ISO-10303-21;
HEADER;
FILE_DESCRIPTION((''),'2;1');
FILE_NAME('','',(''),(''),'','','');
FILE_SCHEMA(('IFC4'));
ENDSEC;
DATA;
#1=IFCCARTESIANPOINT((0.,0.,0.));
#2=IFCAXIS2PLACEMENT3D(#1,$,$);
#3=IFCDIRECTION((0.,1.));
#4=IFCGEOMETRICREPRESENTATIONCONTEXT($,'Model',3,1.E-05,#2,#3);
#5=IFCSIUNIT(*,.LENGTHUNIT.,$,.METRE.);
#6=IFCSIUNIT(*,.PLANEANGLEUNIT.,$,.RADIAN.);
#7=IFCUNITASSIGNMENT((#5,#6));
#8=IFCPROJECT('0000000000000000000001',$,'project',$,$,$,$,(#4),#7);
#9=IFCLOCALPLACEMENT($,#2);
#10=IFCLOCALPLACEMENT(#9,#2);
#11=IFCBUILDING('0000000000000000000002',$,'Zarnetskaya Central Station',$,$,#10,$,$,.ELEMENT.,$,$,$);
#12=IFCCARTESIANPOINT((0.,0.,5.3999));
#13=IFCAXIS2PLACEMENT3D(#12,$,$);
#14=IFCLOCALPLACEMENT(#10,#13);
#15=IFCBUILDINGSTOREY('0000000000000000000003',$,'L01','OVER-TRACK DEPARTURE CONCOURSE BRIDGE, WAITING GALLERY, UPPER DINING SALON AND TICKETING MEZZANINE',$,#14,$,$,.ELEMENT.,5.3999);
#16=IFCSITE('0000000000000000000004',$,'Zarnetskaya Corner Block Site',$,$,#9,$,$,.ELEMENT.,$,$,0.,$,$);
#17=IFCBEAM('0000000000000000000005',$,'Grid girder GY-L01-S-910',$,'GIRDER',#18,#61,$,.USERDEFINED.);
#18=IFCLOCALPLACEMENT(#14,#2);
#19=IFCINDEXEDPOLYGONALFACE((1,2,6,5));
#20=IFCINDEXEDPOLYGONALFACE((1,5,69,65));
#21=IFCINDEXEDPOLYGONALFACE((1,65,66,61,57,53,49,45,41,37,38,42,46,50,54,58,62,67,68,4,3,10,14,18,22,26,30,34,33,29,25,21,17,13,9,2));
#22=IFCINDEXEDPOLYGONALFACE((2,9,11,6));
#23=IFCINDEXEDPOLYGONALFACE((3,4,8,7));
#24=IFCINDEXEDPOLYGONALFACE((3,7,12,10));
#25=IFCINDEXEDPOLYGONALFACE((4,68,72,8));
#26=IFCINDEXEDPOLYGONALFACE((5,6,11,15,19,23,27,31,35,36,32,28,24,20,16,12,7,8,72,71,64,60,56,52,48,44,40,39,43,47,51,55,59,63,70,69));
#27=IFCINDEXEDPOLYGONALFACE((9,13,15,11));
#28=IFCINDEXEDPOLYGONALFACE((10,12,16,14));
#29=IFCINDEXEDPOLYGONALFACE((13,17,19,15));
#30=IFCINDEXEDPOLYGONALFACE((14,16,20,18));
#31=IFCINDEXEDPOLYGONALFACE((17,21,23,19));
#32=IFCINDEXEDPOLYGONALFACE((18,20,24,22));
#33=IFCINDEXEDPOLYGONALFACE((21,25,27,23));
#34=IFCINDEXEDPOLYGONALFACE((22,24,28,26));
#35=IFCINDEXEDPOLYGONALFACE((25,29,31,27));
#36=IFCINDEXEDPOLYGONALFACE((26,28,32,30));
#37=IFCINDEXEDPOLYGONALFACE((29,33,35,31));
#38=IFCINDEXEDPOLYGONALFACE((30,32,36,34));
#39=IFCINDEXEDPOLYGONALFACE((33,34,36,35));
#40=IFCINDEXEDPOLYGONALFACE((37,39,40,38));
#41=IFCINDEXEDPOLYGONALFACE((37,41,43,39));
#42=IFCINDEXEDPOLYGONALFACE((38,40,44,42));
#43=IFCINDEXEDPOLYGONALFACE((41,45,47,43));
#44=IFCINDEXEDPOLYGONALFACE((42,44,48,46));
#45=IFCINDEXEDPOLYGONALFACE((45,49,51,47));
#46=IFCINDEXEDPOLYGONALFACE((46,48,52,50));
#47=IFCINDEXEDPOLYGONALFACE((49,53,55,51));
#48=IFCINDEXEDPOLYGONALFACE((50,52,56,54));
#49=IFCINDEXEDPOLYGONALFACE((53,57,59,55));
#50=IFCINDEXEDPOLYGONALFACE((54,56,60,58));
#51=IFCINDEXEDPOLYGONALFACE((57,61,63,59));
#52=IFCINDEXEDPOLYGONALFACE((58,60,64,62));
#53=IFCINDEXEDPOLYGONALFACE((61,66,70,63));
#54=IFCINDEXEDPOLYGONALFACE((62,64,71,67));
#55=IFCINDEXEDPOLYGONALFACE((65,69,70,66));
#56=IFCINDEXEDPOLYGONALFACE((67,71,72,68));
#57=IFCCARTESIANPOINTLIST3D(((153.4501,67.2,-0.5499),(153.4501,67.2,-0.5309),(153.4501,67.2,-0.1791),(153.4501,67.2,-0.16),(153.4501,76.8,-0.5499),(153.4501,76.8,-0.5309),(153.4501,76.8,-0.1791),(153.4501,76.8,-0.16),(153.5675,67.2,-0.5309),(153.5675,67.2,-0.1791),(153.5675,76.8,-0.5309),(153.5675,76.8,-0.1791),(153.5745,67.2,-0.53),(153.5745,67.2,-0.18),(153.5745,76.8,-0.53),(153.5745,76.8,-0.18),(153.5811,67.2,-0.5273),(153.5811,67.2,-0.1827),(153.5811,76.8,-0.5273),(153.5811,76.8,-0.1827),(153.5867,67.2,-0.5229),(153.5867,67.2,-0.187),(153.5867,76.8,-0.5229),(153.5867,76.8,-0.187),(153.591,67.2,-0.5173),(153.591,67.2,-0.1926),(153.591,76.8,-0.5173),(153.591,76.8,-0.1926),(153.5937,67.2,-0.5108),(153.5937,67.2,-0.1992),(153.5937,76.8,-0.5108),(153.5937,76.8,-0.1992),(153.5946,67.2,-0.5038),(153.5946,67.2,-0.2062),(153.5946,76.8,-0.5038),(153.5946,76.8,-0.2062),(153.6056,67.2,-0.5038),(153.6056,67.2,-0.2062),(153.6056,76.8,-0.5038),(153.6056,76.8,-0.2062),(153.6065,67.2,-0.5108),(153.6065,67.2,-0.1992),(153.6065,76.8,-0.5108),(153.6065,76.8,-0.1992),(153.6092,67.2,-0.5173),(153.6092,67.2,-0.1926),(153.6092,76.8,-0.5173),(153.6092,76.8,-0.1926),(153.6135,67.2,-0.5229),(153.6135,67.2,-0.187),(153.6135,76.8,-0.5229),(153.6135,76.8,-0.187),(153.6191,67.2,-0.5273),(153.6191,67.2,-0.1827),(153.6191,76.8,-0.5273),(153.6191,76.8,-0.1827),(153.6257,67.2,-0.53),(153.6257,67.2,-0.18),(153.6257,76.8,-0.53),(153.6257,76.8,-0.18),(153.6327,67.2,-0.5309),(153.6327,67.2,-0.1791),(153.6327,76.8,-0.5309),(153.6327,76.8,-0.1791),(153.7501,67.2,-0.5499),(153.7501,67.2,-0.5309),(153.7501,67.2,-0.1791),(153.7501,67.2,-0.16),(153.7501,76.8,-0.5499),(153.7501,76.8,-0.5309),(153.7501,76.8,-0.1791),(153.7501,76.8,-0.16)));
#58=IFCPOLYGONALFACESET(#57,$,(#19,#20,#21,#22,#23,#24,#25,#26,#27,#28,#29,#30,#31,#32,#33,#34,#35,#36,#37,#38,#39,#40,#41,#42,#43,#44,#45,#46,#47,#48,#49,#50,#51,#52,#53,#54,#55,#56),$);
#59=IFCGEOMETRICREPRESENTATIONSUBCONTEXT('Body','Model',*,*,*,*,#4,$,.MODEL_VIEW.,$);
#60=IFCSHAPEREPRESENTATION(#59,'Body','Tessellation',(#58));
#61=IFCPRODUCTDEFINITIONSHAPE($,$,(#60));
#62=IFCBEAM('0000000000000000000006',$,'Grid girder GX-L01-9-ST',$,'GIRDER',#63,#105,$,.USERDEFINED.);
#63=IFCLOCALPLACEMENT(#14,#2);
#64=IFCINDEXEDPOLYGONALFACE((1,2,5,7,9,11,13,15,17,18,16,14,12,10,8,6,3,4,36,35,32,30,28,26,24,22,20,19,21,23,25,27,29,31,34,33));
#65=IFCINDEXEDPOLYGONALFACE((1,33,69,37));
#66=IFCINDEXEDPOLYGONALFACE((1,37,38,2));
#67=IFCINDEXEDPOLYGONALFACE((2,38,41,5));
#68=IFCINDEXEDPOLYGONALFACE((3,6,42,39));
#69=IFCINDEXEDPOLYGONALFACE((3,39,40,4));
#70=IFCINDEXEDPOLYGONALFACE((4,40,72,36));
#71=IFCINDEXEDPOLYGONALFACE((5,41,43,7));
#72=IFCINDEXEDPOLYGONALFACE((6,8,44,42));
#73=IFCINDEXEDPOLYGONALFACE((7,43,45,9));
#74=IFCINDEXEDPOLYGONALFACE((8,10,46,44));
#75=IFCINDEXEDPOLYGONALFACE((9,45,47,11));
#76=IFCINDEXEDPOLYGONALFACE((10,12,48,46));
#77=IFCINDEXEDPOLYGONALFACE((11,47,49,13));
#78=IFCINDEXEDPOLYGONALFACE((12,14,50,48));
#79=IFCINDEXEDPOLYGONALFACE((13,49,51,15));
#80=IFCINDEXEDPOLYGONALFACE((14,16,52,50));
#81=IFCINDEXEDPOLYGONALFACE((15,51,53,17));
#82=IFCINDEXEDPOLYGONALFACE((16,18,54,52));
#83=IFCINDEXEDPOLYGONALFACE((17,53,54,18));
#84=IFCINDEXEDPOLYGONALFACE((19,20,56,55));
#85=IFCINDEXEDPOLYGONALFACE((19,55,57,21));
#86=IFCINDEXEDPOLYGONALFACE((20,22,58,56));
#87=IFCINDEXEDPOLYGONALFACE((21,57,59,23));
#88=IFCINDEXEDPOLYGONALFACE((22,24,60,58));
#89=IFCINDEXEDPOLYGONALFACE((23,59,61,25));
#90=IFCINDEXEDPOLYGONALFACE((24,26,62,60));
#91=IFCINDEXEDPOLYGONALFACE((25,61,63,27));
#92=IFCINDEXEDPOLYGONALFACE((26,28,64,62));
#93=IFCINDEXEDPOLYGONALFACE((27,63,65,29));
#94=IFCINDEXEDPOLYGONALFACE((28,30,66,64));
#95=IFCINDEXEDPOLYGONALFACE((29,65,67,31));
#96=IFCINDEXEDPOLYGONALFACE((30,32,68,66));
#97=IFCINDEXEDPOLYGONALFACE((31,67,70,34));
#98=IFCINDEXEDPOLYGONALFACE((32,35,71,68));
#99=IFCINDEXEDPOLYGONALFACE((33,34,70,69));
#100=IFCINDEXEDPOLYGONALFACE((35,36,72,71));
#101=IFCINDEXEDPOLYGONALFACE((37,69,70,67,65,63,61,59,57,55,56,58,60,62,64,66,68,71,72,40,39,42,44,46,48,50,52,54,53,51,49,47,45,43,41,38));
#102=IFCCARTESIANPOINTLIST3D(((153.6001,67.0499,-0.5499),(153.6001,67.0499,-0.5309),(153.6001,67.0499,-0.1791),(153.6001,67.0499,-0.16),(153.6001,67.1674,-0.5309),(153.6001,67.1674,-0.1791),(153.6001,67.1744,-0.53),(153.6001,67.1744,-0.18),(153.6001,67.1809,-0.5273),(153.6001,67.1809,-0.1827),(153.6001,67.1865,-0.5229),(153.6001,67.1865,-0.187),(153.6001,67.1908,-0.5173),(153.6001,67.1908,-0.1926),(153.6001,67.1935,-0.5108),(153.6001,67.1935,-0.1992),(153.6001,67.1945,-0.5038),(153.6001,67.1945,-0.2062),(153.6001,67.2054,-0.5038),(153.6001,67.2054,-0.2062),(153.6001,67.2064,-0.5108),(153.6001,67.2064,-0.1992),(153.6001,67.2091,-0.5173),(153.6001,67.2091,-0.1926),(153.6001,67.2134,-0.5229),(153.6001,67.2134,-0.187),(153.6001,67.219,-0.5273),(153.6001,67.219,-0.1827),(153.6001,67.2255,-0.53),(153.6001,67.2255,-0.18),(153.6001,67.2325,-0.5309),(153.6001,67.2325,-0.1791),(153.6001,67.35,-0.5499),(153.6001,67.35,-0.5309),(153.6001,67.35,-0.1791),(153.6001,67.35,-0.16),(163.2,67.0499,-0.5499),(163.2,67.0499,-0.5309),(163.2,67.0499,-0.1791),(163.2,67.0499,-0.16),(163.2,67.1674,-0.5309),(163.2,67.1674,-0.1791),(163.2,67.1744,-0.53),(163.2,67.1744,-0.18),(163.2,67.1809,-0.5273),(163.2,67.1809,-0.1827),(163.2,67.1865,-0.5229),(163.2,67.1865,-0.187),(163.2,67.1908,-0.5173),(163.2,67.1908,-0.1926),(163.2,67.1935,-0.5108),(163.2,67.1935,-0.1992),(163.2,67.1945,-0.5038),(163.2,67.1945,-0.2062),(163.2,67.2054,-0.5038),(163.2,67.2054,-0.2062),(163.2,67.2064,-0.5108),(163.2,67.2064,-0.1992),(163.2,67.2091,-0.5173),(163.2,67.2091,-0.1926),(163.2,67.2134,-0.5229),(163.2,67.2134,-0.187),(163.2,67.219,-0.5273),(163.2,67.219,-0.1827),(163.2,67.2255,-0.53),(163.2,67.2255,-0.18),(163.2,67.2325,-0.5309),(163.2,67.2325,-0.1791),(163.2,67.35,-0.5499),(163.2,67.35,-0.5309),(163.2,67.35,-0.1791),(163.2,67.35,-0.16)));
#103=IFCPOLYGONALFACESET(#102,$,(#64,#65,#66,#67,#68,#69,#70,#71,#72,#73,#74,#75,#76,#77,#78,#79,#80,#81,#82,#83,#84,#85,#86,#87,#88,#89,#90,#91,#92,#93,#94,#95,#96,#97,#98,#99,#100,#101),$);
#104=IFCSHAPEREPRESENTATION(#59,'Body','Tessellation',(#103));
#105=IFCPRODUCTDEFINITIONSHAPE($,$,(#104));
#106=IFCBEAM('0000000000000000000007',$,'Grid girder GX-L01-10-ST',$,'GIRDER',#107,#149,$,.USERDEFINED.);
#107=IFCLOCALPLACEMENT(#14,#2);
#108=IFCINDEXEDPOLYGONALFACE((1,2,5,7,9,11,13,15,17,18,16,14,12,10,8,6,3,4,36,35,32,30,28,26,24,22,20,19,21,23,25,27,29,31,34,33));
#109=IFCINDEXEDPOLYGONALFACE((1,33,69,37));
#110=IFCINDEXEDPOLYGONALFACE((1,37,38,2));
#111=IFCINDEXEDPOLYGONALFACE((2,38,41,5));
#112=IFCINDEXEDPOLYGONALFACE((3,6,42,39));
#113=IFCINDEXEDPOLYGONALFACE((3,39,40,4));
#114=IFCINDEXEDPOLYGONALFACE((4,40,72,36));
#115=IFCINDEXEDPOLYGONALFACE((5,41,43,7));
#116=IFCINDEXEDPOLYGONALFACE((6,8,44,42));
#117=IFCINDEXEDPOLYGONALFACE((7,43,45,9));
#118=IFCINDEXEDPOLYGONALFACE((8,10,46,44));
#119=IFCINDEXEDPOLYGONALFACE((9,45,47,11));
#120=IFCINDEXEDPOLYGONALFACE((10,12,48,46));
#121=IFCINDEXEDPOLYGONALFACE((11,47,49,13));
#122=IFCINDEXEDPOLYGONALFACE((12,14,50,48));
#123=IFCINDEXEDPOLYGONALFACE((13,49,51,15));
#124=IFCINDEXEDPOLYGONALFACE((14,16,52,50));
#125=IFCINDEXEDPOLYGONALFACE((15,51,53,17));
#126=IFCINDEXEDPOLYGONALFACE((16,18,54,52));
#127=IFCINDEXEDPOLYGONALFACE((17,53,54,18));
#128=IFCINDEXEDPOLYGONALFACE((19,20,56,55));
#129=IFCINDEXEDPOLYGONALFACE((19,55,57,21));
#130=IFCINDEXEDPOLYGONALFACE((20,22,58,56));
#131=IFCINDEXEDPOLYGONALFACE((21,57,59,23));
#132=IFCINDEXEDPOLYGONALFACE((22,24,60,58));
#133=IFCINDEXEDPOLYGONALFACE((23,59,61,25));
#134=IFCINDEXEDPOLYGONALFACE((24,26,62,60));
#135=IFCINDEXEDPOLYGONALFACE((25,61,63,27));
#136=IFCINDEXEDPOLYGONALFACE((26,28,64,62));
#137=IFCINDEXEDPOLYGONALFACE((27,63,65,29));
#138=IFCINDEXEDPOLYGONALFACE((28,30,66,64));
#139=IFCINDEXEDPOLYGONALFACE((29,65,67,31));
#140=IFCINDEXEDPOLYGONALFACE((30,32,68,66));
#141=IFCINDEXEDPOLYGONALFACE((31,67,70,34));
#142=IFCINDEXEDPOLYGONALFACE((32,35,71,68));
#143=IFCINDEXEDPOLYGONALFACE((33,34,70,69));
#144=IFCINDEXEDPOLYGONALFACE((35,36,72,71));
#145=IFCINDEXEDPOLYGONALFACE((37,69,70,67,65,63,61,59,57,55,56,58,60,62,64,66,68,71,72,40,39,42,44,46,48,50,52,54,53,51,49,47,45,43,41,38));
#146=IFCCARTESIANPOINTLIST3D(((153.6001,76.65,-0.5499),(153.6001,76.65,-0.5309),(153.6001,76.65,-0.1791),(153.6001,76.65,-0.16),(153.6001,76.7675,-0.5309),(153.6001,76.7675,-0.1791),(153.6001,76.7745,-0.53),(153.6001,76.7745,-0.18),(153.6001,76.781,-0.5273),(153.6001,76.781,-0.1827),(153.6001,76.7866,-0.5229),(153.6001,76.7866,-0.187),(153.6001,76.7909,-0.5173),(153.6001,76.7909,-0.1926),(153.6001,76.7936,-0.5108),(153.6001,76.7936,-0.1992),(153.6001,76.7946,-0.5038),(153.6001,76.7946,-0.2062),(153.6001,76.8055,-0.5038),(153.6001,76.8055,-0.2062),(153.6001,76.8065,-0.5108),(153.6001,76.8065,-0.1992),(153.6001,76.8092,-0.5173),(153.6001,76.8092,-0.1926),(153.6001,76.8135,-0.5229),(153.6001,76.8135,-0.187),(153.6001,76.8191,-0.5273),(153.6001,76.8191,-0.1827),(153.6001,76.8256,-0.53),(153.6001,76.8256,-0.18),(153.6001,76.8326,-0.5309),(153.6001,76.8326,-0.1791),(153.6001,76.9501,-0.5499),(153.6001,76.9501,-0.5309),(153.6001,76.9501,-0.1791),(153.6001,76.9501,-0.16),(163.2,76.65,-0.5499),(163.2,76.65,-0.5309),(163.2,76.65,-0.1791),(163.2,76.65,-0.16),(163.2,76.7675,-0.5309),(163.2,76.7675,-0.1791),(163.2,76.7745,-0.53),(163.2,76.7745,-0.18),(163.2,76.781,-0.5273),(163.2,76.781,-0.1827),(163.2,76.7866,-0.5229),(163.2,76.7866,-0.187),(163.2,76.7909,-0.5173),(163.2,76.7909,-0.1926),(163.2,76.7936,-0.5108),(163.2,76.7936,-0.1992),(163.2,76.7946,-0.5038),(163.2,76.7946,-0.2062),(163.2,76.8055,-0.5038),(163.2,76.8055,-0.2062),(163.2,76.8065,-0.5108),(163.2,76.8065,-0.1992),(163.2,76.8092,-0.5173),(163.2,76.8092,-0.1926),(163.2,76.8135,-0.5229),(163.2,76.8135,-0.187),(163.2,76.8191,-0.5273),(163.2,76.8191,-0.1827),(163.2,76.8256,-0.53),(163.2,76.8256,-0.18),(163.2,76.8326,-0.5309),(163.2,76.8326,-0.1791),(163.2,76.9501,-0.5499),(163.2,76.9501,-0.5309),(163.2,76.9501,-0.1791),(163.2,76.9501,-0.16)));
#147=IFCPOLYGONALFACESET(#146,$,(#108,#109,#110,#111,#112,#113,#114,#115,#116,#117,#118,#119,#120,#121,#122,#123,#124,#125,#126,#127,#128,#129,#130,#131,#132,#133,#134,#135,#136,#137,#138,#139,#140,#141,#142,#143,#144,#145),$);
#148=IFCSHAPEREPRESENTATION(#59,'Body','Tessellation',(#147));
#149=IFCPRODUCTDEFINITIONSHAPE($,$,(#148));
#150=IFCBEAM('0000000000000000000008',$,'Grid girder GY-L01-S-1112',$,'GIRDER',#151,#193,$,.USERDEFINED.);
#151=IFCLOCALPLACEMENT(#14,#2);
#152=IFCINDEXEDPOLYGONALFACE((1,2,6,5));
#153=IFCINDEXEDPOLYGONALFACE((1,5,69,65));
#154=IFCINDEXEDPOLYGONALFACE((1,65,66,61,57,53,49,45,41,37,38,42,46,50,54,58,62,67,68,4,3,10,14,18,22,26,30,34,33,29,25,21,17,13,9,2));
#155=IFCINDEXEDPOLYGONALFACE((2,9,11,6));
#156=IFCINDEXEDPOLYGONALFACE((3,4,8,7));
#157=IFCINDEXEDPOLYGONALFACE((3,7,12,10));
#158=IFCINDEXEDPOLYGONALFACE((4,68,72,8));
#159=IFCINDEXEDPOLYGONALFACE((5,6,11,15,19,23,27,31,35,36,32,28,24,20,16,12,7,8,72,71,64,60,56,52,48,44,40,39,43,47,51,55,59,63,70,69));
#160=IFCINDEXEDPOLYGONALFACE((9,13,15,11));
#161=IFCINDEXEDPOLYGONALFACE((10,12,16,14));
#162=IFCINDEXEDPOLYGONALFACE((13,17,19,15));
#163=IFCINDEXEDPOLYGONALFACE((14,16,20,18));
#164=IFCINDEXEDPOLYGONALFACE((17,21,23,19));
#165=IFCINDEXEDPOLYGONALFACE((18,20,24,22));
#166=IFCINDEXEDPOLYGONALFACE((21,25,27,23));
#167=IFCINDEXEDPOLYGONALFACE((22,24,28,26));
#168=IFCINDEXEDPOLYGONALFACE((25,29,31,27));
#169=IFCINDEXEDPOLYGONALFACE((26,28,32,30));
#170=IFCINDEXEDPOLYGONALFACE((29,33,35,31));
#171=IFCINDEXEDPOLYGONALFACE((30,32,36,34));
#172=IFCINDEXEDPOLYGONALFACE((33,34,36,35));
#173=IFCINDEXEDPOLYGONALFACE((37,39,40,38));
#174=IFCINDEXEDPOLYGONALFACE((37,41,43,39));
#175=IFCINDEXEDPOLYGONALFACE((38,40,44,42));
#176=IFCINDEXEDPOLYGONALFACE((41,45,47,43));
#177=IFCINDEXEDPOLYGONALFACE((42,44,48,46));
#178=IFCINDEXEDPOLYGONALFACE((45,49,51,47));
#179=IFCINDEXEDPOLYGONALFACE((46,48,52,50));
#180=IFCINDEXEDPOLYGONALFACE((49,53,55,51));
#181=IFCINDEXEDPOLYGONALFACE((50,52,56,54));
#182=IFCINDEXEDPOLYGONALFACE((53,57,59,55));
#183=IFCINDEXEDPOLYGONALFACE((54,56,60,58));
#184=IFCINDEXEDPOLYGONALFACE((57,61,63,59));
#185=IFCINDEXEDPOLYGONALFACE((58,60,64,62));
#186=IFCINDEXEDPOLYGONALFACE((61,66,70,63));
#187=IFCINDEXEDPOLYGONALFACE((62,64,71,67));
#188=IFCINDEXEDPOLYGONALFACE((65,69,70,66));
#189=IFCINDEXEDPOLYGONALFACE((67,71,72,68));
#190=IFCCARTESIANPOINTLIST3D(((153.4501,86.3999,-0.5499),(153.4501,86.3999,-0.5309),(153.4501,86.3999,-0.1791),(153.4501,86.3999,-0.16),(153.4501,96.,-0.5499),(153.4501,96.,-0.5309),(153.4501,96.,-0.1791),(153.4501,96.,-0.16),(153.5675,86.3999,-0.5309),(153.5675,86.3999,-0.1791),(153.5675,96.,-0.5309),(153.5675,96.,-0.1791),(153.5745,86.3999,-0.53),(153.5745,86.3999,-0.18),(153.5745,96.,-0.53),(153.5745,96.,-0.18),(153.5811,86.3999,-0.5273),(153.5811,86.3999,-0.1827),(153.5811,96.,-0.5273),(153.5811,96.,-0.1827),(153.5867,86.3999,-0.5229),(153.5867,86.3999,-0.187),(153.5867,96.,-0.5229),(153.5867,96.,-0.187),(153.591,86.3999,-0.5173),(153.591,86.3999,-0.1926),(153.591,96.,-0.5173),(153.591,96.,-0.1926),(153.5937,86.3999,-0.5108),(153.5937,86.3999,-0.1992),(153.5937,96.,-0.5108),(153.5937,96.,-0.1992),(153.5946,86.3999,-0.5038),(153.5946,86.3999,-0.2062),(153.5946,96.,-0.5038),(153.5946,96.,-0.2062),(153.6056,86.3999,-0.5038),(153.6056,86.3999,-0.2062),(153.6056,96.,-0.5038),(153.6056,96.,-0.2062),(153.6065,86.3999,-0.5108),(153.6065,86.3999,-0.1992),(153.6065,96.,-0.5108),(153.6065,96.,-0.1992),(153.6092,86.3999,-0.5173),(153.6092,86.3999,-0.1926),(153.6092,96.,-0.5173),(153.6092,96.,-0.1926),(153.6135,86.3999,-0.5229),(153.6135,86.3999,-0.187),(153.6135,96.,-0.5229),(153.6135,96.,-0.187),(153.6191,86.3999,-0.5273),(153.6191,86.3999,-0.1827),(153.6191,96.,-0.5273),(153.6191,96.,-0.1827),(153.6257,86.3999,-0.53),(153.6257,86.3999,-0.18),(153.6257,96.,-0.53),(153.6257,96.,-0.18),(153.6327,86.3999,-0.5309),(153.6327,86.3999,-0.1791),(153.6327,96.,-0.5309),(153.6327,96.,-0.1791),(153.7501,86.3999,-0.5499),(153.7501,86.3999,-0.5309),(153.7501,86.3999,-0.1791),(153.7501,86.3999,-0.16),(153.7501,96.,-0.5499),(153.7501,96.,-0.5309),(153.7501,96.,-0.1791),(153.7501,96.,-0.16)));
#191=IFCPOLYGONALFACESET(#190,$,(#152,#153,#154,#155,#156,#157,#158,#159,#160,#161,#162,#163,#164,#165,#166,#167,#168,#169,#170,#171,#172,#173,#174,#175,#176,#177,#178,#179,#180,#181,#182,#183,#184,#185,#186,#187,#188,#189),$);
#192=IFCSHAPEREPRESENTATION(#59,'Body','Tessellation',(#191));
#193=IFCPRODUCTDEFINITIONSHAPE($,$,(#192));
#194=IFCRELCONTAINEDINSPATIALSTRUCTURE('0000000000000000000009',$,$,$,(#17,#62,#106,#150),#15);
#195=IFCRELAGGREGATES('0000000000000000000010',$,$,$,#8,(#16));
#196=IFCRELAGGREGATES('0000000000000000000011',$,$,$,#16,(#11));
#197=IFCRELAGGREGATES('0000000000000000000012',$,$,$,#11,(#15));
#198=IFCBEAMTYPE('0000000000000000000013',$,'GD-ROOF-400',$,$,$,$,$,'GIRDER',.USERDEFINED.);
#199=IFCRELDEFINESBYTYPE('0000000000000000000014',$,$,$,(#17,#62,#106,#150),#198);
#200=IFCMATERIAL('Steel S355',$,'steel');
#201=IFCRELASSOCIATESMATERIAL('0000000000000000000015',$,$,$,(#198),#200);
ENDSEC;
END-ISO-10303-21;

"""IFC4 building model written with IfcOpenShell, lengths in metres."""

from ifc_helpers import new_model, si_unit, direction, frame, origin, origin_2d, place, context, subcontext, project, spatial, i_section, extrude, material, material_profile, profile_set, type_object, element, save


model = new_model("IFC4")

# Units and contexts
model_context = context("Model", 3, precision=1e-05, world=origin(), true_north=direction((0.0, 1.0)))
body_context = subcontext(model_context, "Body", "Model", "MODEL_VIEW")
ifc_project = project(units=[si_unit("LENGTHUNIT", "METRE"), si_unit("PLANEANGLEUNIT", "RADIAN")], contexts=[model_context])

# Site, building, storey
site_placement = place(None, origin())
site = spatial("IfcSite", under=ifc_project, at=site_placement, Name="Zarnetskaya Corner Block Site", CompositionType="ELEMENT", RefElevation=0.0)
building_placement = place(site_placement, origin())
building = spatial("IfcBuilding", under=site, at=building_placement, Name="Zarnetskaya Central Station", CompositionType="ELEMENT")
storey_placement = place(building_placement, frame((0.0, 0.0, 5.3999)))
storey = spatial("IfcBuildingStorey", under=building, at=storey_placement, Name="L01", Description="OVER-TRACK DEPARTURE CONCOURSE BRIDGE, WAITING GALLERY, UPPER DINING SALON AND TICKETING MEZZANINE", CompositionType="ELEMENT", Elevation=5.3999)

# Shared definitions
ifc_material_1 = material(Name="Steel S355", Category="steel")

# Beams
ifc_material_profile_1 = material_profile(ifc_material_1, i_section(OverallWidth=0.3, OverallDepth=0.3899, WebThickness=0.011, FlangeThickness=0.019, FilletRadius=0.0271, at=origin_2d()), Name="HEA 400")
ifc_profile_set_1 = profile_set([ifc_material_profile_1], Name="Steel S355")
beam_type_1 = type_object("IfcBeamType", Name="GD-ROOF-400", ElementType="GIRDER", PredefinedType="USERDEFINED", material=ifc_profile_set_1)
for number, where, z_axis, x_axis, name in (
    (1, (153.6001, 67.2, -0.355), (0.0, 1.0, 0.0), (-1.0, 0.0, 0.0), "Grid girder GY-L01-S-910"),
):
    element("IfcBeam", number, at=place(storey_placement, frame(where, z_axis=z_axis, x_axis=x_axis)), inside=storey, type_object=beam_type_1, Name=name, ObjectType="GIRDER", PredefinedType="USERDEFINED", context=body_context, shape_type="SweptSolid", body=[
        extrude(i_section(OverallWidth=0.3, OverallDepth=0.3899, WebThickness=0.011, FlangeThickness=0.019, FilletRadius=0.0271, at=origin_2d()), origin(), (0.0, 0.0, 1.0), 9.6001),
    ])
for number, where, z_axis, x_axis, name in (
    (2, (153.6001, 67.2, -0.355), (1.0, 0.0, 0.0), (0.0, 1.0, 0.0), "Grid girder GX-L01-9-ST"),
    (3, (153.6001, 76.8, -0.355), (1.0, 0.0, 0.0), (0.0, 1.0, 0.0), "Grid girder GX-L01-10-ST"),
):
    element("IfcBeam", number, at=place(storey_placement, frame(where, z_axis=z_axis, x_axis=x_axis)), inside=storey, type_object=beam_type_1, Name=name, ObjectType="GIRDER", PredefinedType="USERDEFINED", context=body_context, shape_type="SweptSolid", body=[
        extrude(i_section(OverallWidth=0.3, OverallDepth=0.3899, WebThickness=0.011, FlangeThickness=0.019, FilletRadius=0.0271, at=origin_2d()), origin(), (0.0, 0.0, 1.0), 9.5999),
    ])
beam_1_placement = place(storey_placement, frame((153.6001, 86.3999, -0.355), z_axis=(0.0, 1.0, 0.0), x_axis=(-1.0, 0.0, 0.0)))
element("IfcBeam", 4, at=beam_1_placement, inside=storey, type_object=beam_type_1, Name="Grid girder GY-L01-S-1112", ObjectType="GIRDER", PredefinedType="USERDEFINED", context=body_context, shape_type="SweptSolid", body=[
    extrude(i_section(OverallWidth=0.3, OverallDepth=0.3899, WebThickness=0.011, FlangeThickness=0.019, FilletRadius=0.0271, at=origin_2d()), origin(), (0.0, 0.0, 1.0), 9.6001),
])

save(model, "model.ifc")
